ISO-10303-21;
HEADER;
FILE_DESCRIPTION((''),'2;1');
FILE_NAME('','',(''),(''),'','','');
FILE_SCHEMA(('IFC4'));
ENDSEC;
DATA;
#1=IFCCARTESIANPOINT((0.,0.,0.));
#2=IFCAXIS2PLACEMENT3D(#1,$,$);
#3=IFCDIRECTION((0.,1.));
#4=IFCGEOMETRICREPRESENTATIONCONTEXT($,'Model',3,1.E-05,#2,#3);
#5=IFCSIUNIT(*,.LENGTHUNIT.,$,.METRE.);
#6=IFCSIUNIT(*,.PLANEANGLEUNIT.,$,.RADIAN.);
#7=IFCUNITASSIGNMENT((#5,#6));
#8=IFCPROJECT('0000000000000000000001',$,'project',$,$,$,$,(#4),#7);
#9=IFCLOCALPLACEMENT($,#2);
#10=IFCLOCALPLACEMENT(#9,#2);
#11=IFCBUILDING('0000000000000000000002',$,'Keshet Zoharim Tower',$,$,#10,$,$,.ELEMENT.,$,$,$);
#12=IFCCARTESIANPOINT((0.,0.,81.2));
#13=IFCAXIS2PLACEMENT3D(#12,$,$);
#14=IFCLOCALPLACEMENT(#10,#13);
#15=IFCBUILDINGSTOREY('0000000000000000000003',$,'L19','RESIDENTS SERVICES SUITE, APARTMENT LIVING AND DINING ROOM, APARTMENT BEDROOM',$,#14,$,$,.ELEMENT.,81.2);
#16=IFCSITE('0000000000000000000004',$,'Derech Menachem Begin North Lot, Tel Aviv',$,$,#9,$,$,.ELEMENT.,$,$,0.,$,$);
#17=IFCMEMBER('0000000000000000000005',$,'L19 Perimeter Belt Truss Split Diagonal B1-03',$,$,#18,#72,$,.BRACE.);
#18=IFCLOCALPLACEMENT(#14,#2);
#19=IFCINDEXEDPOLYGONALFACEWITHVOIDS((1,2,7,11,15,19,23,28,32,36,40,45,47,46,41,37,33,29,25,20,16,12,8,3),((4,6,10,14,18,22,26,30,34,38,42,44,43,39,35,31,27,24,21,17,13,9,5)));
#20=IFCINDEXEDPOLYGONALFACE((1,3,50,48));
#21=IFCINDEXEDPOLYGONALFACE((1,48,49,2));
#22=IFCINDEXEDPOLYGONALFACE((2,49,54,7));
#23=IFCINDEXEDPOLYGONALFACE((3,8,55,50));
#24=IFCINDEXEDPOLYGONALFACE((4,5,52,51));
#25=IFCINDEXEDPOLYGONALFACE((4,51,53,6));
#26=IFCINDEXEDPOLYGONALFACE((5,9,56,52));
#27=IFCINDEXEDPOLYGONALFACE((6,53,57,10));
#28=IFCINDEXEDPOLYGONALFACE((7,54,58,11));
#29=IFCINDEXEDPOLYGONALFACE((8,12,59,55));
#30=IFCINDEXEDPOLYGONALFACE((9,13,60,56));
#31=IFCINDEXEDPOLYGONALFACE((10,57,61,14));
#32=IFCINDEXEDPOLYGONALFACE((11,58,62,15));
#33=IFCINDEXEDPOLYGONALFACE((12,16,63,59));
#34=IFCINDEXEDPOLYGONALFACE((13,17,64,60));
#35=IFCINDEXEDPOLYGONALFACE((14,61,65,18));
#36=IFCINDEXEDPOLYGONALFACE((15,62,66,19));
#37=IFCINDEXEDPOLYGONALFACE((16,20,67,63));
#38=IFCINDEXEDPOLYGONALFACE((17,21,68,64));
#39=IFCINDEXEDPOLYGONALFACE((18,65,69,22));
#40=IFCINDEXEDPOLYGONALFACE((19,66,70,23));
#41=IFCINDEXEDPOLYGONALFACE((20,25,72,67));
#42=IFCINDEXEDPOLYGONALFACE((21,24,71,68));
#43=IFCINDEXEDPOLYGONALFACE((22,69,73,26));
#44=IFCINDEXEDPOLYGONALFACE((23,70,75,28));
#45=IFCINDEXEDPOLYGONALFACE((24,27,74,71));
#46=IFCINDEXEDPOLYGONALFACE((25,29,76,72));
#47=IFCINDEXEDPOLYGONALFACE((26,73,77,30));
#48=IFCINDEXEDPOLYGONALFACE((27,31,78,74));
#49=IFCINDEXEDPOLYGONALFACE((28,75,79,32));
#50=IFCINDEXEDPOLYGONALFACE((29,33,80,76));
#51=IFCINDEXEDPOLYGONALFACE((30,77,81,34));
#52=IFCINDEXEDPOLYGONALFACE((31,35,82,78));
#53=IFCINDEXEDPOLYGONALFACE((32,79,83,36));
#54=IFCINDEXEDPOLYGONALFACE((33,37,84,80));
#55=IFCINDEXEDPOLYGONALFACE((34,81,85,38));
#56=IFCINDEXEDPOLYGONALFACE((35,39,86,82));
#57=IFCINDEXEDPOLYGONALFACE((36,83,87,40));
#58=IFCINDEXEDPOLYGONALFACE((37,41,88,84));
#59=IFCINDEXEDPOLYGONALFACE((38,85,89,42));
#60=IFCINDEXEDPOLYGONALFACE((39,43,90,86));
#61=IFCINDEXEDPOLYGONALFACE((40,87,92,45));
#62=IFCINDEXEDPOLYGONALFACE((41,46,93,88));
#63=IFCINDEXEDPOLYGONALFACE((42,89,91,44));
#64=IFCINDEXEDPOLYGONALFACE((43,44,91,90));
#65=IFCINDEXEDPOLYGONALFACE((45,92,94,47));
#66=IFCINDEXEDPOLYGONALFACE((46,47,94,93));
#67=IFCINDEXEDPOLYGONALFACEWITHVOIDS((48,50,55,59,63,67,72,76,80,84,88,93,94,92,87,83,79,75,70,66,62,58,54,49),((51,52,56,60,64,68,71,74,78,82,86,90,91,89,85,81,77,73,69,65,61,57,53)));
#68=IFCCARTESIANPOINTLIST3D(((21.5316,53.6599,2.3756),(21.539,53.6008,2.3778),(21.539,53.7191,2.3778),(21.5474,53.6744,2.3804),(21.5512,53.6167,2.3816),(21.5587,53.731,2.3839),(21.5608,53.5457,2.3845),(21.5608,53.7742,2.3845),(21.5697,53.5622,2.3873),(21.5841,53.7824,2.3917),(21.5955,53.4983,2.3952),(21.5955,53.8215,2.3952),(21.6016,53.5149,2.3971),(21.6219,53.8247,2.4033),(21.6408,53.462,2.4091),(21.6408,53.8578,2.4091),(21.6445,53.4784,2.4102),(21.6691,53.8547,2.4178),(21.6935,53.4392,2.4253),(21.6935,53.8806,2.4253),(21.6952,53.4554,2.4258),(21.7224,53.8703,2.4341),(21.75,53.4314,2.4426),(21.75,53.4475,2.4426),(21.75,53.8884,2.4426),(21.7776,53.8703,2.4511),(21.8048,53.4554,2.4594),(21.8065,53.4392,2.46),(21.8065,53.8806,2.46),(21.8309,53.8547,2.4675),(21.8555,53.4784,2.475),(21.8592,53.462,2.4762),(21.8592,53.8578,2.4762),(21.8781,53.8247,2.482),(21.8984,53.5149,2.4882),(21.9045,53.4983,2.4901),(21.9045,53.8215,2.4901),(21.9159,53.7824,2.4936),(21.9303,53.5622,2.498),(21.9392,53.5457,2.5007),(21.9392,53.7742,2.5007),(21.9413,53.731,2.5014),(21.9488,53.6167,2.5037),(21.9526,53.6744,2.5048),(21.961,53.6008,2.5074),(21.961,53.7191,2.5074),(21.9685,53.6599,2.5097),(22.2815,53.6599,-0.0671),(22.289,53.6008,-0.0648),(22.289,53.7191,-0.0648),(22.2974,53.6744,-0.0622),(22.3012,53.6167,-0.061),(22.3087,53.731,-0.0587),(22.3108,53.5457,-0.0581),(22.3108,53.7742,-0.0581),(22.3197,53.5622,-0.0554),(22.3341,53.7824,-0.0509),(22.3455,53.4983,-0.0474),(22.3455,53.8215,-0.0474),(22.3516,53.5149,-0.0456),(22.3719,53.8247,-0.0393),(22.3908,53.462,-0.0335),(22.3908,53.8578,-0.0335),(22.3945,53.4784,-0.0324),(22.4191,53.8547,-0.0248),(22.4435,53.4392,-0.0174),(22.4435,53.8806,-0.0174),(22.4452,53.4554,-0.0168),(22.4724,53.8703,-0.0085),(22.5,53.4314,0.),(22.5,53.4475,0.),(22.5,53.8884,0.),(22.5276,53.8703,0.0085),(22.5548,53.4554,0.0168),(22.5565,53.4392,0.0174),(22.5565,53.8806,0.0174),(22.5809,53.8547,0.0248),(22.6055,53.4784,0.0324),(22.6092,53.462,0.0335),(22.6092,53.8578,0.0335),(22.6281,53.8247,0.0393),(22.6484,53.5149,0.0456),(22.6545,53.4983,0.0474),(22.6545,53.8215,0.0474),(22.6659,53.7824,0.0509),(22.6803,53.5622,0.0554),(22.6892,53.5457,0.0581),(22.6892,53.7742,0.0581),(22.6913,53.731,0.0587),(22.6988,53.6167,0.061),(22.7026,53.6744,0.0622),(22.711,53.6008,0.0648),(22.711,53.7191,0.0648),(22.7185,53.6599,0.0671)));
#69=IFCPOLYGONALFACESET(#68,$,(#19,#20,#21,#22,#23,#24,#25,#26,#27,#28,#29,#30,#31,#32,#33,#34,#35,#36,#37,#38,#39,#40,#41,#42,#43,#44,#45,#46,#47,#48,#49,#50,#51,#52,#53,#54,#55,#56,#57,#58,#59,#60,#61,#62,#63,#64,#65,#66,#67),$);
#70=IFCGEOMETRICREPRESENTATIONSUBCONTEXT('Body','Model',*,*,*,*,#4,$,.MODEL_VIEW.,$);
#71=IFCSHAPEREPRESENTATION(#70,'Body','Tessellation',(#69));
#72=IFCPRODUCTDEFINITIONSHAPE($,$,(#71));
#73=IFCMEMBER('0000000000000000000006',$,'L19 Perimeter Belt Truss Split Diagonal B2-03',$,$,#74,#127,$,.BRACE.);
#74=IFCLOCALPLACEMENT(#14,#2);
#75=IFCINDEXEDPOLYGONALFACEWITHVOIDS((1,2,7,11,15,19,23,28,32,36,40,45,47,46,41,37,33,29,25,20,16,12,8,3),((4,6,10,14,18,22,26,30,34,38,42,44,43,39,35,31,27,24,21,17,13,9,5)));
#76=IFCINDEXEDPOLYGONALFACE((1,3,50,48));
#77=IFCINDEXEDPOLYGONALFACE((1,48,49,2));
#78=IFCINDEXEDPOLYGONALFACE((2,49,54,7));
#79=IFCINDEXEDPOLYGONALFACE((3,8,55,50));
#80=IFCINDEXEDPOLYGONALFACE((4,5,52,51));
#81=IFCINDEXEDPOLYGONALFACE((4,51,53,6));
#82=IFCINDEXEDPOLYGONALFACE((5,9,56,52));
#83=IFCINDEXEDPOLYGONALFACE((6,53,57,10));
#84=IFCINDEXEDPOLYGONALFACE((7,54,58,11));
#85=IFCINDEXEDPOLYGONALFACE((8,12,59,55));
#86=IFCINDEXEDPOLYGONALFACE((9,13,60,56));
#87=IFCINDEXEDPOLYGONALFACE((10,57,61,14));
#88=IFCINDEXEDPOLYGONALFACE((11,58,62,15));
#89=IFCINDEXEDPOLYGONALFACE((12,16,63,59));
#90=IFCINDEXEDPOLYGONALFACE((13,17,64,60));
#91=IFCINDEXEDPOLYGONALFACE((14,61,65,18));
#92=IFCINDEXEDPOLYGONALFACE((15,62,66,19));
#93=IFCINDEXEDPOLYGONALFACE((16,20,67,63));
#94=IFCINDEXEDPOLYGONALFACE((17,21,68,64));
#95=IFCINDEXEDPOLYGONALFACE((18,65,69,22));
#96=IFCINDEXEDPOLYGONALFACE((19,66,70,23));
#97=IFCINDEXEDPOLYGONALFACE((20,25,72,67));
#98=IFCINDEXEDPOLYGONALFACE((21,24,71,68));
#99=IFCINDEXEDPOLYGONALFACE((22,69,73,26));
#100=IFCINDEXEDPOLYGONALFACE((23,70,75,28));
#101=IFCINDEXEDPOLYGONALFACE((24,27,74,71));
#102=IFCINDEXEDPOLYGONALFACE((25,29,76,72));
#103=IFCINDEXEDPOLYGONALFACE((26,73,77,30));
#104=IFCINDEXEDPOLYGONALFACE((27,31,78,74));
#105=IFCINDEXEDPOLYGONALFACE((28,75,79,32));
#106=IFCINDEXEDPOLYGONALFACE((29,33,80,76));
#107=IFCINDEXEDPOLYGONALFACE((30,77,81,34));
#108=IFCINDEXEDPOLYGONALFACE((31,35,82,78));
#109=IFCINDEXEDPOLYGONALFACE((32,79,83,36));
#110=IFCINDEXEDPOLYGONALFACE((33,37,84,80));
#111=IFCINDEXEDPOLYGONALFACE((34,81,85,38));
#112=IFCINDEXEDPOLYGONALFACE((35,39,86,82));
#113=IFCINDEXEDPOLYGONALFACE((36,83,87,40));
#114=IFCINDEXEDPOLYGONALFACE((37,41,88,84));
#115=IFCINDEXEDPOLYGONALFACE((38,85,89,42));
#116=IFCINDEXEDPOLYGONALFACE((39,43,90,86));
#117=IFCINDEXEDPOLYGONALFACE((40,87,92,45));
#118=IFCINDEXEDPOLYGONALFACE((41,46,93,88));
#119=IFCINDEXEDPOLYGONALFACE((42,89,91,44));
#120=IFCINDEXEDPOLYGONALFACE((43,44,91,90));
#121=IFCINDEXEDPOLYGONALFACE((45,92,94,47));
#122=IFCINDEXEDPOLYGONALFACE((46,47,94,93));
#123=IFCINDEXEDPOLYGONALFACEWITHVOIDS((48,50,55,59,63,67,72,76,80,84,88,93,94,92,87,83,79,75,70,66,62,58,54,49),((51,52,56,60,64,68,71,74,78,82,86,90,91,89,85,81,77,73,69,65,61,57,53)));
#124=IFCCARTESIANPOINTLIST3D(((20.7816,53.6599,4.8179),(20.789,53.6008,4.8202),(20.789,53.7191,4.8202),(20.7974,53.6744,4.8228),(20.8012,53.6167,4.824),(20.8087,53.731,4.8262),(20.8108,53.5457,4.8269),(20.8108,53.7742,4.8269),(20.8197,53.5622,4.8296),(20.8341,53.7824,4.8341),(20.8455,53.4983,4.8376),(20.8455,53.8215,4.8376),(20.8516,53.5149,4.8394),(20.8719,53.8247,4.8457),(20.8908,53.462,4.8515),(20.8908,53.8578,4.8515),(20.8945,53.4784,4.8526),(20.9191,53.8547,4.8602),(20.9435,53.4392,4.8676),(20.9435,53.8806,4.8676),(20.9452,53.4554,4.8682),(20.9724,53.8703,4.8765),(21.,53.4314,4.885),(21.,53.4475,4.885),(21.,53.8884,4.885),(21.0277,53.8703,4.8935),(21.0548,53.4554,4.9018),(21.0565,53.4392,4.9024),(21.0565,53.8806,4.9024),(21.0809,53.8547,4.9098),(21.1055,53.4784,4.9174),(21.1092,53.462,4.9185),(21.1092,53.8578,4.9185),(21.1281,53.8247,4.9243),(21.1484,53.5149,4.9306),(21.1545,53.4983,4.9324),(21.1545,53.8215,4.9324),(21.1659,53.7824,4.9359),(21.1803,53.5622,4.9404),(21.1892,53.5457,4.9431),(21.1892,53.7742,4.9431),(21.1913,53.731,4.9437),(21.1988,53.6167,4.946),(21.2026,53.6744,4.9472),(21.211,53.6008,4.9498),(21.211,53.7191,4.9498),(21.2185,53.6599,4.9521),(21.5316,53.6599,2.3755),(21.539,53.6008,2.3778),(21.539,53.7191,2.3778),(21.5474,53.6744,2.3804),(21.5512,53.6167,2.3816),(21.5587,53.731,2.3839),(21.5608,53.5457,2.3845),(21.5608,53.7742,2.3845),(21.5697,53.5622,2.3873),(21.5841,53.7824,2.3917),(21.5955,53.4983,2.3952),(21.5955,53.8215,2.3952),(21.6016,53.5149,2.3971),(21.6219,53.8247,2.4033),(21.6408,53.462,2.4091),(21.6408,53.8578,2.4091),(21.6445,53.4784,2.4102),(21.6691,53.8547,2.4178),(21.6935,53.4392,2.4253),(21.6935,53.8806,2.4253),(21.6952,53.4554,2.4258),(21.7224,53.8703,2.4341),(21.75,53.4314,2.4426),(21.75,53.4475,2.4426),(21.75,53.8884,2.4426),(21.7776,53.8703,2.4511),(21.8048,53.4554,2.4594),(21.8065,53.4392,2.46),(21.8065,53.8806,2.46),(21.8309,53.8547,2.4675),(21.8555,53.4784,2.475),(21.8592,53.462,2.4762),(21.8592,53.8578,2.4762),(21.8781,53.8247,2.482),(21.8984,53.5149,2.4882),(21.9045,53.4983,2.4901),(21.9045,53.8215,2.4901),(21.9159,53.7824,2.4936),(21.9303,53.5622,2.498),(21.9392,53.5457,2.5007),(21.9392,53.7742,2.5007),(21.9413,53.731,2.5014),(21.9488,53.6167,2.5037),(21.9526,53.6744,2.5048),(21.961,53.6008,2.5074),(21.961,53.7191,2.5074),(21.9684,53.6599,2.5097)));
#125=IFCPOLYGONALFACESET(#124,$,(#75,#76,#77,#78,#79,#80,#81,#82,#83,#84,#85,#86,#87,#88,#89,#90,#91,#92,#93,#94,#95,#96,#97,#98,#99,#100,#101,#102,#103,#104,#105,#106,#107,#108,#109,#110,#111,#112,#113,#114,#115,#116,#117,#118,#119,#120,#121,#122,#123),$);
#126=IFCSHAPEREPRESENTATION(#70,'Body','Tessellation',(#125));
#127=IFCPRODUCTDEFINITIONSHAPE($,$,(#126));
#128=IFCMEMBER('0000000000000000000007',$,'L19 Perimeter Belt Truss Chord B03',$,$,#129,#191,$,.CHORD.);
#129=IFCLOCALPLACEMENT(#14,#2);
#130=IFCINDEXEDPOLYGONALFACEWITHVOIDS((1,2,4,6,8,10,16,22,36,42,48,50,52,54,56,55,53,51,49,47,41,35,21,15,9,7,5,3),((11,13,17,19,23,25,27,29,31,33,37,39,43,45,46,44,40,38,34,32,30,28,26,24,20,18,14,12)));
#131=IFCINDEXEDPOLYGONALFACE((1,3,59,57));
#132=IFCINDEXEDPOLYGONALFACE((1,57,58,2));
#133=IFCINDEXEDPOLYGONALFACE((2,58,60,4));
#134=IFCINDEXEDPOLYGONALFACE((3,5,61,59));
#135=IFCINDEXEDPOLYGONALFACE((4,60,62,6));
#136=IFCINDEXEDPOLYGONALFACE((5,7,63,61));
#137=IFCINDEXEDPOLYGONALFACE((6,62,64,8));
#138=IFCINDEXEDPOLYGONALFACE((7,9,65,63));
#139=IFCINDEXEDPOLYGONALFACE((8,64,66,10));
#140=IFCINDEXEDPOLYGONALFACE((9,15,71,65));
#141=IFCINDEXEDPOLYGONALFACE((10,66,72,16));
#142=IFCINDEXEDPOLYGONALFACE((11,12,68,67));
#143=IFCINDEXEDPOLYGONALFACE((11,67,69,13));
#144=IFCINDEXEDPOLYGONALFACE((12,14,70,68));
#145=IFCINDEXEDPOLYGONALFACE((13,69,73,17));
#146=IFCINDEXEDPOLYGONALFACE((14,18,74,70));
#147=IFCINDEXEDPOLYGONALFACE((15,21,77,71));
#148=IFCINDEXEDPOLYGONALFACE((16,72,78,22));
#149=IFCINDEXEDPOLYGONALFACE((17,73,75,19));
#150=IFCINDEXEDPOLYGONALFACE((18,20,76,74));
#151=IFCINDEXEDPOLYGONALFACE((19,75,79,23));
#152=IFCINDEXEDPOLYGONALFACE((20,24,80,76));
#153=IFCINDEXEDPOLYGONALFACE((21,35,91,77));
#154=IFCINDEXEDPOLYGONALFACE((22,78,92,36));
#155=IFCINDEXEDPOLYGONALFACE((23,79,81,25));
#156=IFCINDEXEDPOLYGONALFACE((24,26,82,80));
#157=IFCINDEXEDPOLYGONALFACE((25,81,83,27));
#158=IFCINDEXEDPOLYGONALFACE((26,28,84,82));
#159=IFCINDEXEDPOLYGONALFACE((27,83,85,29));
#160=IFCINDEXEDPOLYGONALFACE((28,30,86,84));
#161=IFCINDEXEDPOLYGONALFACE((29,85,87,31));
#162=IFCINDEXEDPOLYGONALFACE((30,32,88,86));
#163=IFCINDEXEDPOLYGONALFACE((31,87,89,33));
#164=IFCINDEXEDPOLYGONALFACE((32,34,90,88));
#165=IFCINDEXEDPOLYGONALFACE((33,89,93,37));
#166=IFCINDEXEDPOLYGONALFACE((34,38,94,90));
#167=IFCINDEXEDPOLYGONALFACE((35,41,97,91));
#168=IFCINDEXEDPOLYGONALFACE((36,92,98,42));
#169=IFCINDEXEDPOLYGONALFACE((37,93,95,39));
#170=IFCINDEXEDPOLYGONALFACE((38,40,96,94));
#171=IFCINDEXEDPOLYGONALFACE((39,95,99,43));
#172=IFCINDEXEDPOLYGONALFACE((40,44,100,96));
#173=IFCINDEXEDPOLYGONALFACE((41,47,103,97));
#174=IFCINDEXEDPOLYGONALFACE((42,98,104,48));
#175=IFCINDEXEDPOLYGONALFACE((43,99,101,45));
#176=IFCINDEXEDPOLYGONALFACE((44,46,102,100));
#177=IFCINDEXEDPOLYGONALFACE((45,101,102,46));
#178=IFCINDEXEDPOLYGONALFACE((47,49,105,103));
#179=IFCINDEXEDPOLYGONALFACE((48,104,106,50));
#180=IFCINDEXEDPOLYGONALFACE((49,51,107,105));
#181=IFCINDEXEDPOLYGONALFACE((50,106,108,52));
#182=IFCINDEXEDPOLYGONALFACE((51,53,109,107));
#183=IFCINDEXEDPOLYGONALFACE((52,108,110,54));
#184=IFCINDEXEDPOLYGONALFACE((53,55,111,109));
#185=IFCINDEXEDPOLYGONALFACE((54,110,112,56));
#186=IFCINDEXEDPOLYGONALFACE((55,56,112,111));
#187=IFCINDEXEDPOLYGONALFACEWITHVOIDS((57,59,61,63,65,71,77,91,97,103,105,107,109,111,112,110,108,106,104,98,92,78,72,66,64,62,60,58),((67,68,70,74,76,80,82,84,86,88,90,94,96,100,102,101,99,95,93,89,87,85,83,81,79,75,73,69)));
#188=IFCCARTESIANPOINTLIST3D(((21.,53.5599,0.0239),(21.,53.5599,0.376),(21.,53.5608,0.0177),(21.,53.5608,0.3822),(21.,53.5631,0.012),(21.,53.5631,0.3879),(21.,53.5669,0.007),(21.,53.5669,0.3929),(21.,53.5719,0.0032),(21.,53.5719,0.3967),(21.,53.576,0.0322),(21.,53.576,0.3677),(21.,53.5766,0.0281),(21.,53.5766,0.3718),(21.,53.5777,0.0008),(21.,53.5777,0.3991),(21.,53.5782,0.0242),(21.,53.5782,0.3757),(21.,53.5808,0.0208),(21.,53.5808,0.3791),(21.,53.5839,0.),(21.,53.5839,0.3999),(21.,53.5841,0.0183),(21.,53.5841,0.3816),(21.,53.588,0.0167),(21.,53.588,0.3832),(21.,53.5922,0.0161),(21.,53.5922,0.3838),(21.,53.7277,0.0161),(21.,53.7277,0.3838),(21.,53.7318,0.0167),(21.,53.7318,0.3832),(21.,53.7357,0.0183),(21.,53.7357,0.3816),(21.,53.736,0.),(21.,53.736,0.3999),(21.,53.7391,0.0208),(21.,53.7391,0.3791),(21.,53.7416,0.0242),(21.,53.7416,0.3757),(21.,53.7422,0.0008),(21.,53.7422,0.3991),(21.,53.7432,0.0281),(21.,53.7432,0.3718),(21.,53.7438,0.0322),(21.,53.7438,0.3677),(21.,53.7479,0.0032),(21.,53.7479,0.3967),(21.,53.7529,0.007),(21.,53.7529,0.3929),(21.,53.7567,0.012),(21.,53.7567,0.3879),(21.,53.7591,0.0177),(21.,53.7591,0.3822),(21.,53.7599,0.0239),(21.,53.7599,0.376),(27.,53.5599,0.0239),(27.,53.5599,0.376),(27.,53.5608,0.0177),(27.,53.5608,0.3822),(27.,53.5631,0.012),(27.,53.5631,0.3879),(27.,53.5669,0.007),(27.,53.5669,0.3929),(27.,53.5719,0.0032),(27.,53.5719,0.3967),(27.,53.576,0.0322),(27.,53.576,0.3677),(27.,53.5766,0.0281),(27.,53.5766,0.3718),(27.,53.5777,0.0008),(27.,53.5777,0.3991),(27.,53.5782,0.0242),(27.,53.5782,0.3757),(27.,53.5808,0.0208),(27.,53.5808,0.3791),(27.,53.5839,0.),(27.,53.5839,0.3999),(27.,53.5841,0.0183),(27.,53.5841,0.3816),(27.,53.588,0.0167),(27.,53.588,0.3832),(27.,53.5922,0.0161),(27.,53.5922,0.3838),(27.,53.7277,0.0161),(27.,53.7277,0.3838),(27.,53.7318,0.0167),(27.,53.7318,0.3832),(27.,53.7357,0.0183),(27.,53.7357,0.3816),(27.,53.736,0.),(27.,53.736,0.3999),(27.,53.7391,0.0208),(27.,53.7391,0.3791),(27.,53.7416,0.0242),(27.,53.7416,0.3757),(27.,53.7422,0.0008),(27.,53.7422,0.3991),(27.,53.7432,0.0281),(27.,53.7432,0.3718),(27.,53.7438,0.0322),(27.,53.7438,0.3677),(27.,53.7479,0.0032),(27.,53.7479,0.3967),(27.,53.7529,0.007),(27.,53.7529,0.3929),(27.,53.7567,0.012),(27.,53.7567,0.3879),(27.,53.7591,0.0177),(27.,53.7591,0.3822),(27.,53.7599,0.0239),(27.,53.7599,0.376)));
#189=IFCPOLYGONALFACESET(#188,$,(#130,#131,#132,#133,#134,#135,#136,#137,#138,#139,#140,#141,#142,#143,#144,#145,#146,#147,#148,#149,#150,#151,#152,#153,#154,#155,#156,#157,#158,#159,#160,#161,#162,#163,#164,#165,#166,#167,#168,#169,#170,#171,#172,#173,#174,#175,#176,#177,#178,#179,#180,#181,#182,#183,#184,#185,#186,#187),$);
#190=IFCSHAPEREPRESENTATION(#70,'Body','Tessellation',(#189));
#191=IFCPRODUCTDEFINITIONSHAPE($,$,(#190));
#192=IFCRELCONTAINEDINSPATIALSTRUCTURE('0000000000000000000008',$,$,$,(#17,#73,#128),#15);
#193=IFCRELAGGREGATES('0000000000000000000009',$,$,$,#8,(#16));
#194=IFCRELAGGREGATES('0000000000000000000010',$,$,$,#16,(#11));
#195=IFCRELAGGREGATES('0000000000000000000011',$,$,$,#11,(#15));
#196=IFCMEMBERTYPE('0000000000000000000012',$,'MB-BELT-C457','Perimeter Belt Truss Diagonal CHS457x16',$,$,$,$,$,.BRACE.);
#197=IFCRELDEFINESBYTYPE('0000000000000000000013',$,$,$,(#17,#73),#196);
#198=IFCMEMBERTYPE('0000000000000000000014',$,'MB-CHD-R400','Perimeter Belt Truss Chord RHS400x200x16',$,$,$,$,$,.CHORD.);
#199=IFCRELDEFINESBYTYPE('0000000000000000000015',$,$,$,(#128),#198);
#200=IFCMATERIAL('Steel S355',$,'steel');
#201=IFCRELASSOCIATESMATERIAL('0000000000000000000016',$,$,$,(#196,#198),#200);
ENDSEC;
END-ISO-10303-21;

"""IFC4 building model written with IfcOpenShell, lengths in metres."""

from ifc_helpers import new_model, si_unit, direction, frame, origin, origin_2d, place, context, subcontext, project, spatial, hollow_rectangle, hollow_circle, extrude, material, material_profile, profile_set, type_object, element, save


model = new_model("IFC4")

# Units and contexts
model_context = context("Model", 3, precision=1e-05, world=origin(), true_north=direction((0.0, 1.0)))
body_context = subcontext(model_context, "Body", "Model", "MODEL_VIEW")
ifc_project = project(units=[si_unit("LENGTHUNIT", "METRE"), si_unit("PLANEANGLEUNIT", "RADIAN")], contexts=[model_context])

# Site, building, storey
site_placement = place(None, origin())
site = spatial("IfcSite", under=ifc_project, at=site_placement, Name="Derech Menachem Begin North Lot, Tel Aviv", CompositionType="ELEMENT", RefElevation=0.0)
building_placement = place(site_placement, origin())
building = spatial("IfcBuilding", under=site, at=building_placement, Name="Keshet Zoharim Tower", CompositionType="ELEMENT")
storey_placement = place(building_placement, frame((0.0, 0.0, 81.2)))
storey = spatial("IfcBuildingStorey", under=building, at=storey_placement, Name="L19", Description="RESIDENTS SERVICES SUITE, APARTMENT LIVING AND DINING ROOM, APARTMENT BEDROOM", CompositionType="ELEMENT", Elevation=81.2)

# Shared definitions
ifc_material_1 = material(Name="Steel S355", Category="steel")

# Members
ifc_material_profile_1 = material_profile(ifc_material_1, hollow_circle(Radius=0.2285, WallThickness=0.0161, at=origin_2d()), Name="CHS457x16")
ifc_profile_set_1 = profile_set([ifc_material_profile_1], Name="Steel S355")
member_type_1 = type_object("IfcMemberType", Name="MB-BELT-C457", Description="Perimeter Belt Truss Diagonal CHS457x16", PredefinedType="BRACE", material=ifc_profile_set_1)
member_1_placement = place(storey_placement, frame((22.5, 53.6599, 0.0), z_axis=(-0.293522, 0.0, 0.955952), x_axis=(0.0, -1.0, 0.0)))
element("IfcMember", 1, at=member_1_placement, inside=storey, type_object=member_type_1, Name="L19 Perimeter Belt Truss Split Diagonal B1-03", PredefinedType="BRACE", context=body_context, shape_type="SweptSolid", body=[
    extrude(hollow_circle(Radius=0.2285, WallThickness=0.0161, at=origin_2d()), origin(), (0.0, 0.0, 1.0), 2.5552),
])
member_2_placement = place(storey_placement, frame((21.75, 53.6599, 2.4426), z_axis=(-0.293549, 0.0, 0.955944), x_axis=(0.0, -1.0, 0.0)))
element("IfcMember", 2, at=member_2_placement, inside=storey, type_object=member_type_1, Name="L19 Perimeter Belt Truss Split Diagonal B2-03", PredefinedType="BRACE", context=body_context, shape_type="SweptSolid", body=[
    extrude(hollow_circle(Radius=0.2285, WallThickness=0.0161, at=origin_2d()), origin(), (0.0, 0.0, 1.0), 2.5549),
])
ifc_material_profile_2 = material_profile(ifc_material_1, hollow_rectangle(XDim=0.2, YDim=0.3999, WallThickness=0.0161, InnerFilletRadius=0.0161, OuterFilletRadius=0.0239, at=origin_2d()), Name="RHS400x200x16")
ifc_profile_set_2 = profile_set([ifc_material_profile_2], Name="Steel S355")
member_type_2 = type_object("IfcMemberType", Name="MB-CHD-R400", Description="Perimeter Belt Truss Chord RHS400x200x16", PredefinedType="CHORD", material=ifc_profile_set_2)
member_3_placement = place(storey_placement, frame((21.0, 53.6599, 0.2), z_axis=(1.0, 0.0, 0.0), x_axis=(0.0, 1.0, 0.0)))
element("IfcMember", 3, at=member_3_placement, inside=storey, type_object=member_type_2, Name="L19 Perimeter Belt Truss Chord B03", PredefinedType="CHORD", context=body_context, shape_type="SweptSolid", body=[
    extrude(hollow_rectangle(XDim=0.2, YDim=0.3999, WallThickness=0.0161, InnerFilletRadius=0.0161, OuterFilletRadius=0.0239, at=origin_2d()), origin(), (0.0, 0.0, 1.0), 6.0),
])

save(model, "model.ifc")
